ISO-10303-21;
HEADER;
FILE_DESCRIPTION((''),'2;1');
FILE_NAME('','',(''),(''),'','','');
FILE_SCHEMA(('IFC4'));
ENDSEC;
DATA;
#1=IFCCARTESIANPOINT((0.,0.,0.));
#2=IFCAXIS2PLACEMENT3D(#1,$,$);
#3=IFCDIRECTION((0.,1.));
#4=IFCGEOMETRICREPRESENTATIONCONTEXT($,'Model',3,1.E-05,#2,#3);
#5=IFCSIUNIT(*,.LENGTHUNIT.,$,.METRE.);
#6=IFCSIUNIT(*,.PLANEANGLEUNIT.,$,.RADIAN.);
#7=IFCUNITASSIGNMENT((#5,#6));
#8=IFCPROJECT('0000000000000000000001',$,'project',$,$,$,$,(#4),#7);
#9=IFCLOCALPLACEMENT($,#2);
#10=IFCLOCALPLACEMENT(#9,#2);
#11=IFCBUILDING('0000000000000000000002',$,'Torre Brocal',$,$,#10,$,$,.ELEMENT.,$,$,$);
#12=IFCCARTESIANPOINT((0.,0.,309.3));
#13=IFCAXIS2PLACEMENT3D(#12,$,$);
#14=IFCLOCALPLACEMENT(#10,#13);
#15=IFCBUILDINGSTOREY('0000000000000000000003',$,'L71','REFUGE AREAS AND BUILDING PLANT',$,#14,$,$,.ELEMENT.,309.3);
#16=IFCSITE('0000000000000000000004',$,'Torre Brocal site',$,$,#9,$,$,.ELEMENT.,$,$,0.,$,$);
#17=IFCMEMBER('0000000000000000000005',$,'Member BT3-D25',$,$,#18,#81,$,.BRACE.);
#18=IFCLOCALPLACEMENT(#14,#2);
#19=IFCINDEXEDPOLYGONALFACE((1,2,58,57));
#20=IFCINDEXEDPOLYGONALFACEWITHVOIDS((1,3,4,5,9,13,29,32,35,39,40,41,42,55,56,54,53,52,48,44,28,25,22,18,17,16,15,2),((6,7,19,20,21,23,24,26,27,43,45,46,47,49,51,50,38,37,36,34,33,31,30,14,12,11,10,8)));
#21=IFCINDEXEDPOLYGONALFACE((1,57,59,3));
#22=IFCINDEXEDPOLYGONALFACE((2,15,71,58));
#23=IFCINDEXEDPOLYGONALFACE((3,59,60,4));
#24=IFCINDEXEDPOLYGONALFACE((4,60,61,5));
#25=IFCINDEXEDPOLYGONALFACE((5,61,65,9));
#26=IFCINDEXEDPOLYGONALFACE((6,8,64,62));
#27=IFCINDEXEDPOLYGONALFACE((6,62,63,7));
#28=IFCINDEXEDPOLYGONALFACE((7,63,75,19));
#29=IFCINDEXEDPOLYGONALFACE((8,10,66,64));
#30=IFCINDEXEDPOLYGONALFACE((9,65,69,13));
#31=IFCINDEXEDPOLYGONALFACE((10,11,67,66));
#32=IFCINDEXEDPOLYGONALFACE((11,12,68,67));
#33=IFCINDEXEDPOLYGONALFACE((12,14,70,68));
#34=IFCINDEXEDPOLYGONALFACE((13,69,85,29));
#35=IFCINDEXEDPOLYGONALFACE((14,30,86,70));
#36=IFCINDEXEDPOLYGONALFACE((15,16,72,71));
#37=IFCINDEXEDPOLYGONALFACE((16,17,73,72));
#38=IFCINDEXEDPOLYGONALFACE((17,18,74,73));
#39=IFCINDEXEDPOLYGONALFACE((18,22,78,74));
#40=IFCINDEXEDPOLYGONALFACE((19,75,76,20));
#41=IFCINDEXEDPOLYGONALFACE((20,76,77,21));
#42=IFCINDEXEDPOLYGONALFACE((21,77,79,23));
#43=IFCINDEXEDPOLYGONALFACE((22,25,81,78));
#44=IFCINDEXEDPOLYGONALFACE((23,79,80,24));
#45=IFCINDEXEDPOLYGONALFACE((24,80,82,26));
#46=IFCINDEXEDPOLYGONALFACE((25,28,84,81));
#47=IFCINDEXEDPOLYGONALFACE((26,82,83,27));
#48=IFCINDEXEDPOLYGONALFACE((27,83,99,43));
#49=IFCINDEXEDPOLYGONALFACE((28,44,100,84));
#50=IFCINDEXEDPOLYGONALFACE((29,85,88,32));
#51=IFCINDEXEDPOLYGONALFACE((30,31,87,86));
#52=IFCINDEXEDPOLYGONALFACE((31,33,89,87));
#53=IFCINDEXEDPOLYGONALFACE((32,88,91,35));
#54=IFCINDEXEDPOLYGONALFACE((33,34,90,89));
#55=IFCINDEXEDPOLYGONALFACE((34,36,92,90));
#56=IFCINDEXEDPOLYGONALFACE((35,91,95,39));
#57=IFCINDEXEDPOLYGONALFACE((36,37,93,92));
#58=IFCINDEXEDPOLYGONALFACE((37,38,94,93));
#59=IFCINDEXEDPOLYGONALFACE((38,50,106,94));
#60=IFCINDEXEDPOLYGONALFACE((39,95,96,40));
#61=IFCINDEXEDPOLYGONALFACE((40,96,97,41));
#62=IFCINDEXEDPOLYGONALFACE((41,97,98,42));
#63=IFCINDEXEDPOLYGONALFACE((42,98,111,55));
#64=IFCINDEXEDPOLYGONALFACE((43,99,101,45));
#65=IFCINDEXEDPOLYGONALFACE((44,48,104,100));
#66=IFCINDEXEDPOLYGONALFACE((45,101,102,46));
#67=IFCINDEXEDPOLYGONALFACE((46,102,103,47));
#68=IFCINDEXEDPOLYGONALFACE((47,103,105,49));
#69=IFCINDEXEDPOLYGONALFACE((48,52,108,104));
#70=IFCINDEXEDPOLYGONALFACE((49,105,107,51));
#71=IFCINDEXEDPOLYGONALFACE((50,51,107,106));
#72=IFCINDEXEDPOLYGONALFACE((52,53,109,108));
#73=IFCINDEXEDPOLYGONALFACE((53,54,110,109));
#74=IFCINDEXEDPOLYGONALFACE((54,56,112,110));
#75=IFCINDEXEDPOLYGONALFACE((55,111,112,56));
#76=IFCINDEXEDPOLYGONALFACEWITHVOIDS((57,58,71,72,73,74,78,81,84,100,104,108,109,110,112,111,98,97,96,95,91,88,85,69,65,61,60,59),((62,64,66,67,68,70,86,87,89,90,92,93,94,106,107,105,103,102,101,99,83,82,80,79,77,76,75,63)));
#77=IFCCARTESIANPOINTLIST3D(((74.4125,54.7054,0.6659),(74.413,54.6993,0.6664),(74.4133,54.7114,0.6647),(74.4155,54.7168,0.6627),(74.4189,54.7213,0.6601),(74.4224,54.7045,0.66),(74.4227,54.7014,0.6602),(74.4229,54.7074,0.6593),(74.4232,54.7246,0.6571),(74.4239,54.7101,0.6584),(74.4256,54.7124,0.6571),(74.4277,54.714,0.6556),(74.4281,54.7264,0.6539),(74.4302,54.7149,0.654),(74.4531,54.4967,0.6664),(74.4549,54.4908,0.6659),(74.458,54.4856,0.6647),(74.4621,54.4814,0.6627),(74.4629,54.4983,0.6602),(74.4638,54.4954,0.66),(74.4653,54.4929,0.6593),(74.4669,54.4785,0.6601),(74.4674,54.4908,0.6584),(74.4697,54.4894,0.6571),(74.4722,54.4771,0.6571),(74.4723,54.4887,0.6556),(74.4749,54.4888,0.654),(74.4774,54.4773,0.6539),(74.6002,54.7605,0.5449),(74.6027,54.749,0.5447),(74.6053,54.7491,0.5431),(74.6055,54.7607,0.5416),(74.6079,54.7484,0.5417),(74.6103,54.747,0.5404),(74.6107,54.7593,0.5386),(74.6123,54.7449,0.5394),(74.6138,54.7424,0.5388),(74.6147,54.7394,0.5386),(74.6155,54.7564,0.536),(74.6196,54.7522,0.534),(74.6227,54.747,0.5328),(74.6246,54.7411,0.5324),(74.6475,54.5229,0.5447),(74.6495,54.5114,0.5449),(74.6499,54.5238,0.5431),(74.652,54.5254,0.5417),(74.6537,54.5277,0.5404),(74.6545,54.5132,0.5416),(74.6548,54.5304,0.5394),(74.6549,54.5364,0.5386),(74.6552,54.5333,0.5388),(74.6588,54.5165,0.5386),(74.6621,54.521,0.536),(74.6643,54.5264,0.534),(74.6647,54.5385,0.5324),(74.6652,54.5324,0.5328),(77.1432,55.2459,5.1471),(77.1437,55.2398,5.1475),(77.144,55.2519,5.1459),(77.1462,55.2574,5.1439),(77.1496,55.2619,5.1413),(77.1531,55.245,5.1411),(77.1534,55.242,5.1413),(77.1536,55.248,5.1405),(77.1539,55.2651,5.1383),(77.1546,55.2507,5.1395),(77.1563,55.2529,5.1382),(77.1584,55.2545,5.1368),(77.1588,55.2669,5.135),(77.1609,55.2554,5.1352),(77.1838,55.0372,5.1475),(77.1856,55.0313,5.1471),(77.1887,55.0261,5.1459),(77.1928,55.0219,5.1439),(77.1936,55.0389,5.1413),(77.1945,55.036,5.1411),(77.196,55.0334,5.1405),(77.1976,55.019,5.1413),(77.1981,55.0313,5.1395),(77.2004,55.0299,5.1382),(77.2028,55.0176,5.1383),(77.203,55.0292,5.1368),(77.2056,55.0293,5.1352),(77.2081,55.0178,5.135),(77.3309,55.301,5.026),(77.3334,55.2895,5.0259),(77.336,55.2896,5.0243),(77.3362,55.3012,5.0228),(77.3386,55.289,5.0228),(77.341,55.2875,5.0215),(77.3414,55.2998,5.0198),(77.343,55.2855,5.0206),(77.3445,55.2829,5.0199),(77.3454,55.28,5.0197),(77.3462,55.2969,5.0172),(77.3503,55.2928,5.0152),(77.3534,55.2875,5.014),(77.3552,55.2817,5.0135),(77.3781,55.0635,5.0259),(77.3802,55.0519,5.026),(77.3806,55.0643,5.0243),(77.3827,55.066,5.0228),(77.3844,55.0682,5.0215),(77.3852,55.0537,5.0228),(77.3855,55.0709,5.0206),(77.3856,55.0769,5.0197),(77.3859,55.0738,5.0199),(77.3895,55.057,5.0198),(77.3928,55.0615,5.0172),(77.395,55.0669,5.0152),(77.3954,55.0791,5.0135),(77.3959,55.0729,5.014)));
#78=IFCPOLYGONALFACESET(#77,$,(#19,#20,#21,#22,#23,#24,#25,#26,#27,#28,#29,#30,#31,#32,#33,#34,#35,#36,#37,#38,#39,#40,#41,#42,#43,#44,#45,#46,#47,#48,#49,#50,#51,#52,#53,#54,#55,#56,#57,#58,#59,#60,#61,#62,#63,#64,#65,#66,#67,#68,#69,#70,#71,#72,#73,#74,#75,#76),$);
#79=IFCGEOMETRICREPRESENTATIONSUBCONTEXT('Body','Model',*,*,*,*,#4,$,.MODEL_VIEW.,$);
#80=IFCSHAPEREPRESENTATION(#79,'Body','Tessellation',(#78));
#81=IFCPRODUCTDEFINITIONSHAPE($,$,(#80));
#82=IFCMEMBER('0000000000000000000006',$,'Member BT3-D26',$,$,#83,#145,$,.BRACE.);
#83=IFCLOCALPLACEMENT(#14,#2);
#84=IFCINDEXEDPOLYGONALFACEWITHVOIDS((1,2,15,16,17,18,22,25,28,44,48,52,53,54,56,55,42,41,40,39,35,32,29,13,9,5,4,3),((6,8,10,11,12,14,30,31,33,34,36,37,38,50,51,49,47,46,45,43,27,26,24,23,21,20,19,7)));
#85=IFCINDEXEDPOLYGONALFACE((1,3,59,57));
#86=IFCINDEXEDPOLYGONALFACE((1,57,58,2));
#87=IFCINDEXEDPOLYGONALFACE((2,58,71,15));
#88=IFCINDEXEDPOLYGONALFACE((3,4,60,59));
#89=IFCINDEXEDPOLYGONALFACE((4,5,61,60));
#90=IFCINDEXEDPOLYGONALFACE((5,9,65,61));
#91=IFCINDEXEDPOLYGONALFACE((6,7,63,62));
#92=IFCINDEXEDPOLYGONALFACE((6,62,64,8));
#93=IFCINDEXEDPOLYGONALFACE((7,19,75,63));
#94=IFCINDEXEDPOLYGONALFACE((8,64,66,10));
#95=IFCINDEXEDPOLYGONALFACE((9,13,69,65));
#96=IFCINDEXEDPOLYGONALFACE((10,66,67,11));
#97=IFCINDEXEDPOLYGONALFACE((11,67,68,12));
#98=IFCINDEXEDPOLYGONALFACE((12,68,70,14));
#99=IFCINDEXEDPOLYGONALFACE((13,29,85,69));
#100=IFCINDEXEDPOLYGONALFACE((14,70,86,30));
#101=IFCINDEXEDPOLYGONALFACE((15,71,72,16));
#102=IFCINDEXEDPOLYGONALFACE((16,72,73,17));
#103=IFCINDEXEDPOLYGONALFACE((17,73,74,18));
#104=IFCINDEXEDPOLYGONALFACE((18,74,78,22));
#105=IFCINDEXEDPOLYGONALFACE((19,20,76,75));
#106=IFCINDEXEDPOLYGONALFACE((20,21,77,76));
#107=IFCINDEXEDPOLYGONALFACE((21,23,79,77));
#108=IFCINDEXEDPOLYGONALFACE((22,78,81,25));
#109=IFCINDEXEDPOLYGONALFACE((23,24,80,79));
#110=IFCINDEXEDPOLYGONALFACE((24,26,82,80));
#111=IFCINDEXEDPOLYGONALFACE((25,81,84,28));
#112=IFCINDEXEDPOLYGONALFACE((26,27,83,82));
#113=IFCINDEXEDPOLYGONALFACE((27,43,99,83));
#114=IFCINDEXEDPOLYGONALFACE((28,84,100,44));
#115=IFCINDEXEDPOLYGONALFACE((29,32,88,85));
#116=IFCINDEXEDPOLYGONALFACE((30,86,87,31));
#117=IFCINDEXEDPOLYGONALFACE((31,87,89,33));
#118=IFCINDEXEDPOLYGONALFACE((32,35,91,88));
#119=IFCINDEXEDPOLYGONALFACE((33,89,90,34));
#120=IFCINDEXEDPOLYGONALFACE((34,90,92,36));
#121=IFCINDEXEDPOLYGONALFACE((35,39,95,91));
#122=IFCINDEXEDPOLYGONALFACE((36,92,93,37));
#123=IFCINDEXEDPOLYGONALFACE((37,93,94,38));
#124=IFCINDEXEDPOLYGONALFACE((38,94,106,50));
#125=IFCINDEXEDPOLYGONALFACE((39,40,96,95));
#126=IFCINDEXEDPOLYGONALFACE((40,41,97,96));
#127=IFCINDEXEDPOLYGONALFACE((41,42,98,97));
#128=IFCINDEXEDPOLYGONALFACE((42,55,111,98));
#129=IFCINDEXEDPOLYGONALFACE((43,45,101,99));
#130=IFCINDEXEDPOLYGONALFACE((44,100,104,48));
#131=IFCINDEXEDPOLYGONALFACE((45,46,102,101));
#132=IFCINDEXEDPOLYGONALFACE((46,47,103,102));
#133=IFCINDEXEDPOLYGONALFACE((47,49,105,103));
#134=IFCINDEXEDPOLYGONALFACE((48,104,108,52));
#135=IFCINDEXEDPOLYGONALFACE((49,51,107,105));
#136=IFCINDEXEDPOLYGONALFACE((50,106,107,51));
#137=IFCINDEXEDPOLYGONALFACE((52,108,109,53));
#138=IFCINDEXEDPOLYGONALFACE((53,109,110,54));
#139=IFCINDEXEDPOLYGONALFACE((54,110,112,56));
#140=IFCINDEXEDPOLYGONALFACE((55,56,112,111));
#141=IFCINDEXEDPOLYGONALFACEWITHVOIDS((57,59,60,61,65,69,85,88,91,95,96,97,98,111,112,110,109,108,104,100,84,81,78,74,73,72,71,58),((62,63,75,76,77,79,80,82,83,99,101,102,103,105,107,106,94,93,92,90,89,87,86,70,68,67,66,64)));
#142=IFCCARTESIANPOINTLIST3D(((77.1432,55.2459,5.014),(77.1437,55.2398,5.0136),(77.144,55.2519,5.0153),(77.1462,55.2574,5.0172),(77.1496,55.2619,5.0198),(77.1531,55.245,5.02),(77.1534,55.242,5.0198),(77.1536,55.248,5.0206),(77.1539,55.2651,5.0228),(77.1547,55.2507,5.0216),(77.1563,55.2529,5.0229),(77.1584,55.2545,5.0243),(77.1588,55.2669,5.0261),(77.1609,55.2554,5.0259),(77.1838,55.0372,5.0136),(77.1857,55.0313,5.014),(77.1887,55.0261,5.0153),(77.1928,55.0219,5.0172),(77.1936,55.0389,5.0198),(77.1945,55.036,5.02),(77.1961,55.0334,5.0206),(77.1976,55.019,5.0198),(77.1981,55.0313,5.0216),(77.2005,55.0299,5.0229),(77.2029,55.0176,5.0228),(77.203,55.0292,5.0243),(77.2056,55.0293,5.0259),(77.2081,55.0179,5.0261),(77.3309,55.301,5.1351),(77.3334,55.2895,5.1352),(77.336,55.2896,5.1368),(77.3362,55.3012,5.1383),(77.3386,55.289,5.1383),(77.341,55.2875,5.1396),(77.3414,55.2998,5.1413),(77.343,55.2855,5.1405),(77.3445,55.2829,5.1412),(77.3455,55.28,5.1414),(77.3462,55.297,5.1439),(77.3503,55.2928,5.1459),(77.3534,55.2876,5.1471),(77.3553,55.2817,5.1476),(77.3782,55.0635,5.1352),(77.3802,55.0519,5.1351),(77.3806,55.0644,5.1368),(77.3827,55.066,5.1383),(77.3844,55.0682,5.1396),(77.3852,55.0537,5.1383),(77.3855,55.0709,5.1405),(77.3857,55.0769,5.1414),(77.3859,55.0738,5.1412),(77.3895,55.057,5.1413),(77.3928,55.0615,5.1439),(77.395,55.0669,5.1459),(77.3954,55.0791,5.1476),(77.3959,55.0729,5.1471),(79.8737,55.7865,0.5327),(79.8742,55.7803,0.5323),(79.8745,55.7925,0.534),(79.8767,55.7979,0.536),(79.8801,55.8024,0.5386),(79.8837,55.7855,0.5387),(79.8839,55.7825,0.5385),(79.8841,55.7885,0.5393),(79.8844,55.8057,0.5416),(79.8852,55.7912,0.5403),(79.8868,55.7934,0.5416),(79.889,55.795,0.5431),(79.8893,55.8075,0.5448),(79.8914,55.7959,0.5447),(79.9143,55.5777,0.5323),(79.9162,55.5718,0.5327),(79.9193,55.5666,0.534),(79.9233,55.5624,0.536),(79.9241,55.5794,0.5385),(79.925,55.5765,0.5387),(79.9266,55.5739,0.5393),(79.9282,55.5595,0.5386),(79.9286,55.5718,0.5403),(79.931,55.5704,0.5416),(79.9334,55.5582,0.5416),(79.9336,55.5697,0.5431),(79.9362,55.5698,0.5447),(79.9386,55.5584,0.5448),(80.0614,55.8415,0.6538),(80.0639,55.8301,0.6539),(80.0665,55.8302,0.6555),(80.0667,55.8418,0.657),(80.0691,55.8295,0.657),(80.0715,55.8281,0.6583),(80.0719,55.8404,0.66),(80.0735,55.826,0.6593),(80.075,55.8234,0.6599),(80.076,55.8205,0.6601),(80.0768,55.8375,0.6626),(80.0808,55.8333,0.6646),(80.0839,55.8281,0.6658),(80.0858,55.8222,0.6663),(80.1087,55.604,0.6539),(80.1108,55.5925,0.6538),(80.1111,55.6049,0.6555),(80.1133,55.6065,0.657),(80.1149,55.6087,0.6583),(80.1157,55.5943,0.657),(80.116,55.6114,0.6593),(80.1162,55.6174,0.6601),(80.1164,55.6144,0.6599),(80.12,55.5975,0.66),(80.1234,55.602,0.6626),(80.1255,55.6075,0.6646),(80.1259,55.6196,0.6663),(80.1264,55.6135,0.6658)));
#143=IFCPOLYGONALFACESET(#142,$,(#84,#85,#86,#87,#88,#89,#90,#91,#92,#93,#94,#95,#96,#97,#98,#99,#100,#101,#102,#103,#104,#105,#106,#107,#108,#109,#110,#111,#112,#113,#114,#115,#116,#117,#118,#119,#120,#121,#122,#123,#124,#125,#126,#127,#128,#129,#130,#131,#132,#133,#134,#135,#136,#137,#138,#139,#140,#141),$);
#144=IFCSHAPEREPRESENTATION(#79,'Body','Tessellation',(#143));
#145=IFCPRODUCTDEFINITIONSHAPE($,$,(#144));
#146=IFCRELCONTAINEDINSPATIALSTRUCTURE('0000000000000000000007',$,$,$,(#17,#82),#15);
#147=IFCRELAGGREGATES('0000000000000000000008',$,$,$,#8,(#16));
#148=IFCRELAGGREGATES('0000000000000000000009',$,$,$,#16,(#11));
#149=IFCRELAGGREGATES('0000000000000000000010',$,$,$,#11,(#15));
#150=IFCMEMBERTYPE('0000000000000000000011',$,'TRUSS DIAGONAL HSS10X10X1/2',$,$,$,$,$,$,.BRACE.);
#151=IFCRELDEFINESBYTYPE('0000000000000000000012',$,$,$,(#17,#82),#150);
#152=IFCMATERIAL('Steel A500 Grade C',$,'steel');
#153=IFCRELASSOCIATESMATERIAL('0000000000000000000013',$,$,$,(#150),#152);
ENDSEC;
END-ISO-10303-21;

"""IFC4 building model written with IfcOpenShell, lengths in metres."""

from ifc_helpers import new_model, si_unit, direction, frame, origin, origin_2d, place, context, subcontext, project, spatial, hollow_rectangle, extrude, material, material_profile, profile_set, type_object, element, save


model = new_model("IFC4")

# Units and contexts
model_context = context("Model", 3, precision=1e-05, world=origin(), true_north=direction((0.0, 1.0)))
body_context = subcontext(model_context, "Body", "Model", "MODEL_VIEW")
ifc_project = project(units=[si_unit("LENGTHUNIT", "METRE"), si_unit("PLANEANGLEUNIT", "RADIAN")], contexts=[model_context])

# Site, building, storey
site_placement = place(None, origin())
site = spatial("IfcSite", under=ifc_project, at=site_placement, Name="Torre Brocal site", CompositionType="ELEMENT", RefElevation=0.0)
building_placement = place(site_placement, origin())
building = spatial("IfcBuilding", under=site, at=building_placement, Name="Torre Brocal", CompositionType="ELEMENT")
storey_placement = place(building_placement, frame((0.0, 0.0, 309.3)))
storey = spatial("IfcBuildingStorey", under=building, at=storey_placement, Name="L71", Description="REFUGE AREAS AND BUILDING PLANT", CompositionType="ELEMENT", Elevation=309.3)

# Members
ifc_material_1 = material(Name="Steel A500 Grade C", Category="steel")
ifc_material_profile_1 = material_profile(ifc_material_1, hollow_rectangle(XDim=0.2539, YDim=0.2539, WallThickness=0.0117, InnerFilletRadius=0.0117, OuterFilletRadius=0.0237, at=origin_2d()), Name="HSS10X10X1/2")
ifc_profile_set_1 = profile_set([ifc_material_profile_1], Name="Steel A500 Grade C")
member_type_1 = type_object("IfcMemberType", Name="TRUSS DIAGONAL HSS10X10X1/2", PredefinedType="BRACE", material=ifc_profile_set_1)
for number, where, z_axis, x_axis, name in (
    (1, (74.5388, 54.6189, 0.5994), (0.517629, 0.102461, 0.849448), (-0.194176, 0.980967, 0.0), "Member BT3-D25"),
    (2, (77.2695, 55.1594, 5.0806), (0.517595, 0.102464, -0.849468), (-0.194193, 0.980963, 0.0), "Member BT3-D26"),
):
    element("IfcMember", number, at=place(storey_placement, frame(where, z_axis=z_axis, x_axis=x_axis)), inside=storey, type_object=member_type_1, Name=name, PredefinedType="BRACE", context=body_context, shape_type="SweptSolid", body=[
        extrude(hollow_rectangle(XDim=0.2539, YDim=0.2539, WallThickness=0.0117, InnerFilletRadius=0.0117, OuterFilletRadius=0.0237, at=origin_2d()), origin(), (0.0, 0.0, 1.0), 5.2754),
    ])

save(model, "model.ifc")
